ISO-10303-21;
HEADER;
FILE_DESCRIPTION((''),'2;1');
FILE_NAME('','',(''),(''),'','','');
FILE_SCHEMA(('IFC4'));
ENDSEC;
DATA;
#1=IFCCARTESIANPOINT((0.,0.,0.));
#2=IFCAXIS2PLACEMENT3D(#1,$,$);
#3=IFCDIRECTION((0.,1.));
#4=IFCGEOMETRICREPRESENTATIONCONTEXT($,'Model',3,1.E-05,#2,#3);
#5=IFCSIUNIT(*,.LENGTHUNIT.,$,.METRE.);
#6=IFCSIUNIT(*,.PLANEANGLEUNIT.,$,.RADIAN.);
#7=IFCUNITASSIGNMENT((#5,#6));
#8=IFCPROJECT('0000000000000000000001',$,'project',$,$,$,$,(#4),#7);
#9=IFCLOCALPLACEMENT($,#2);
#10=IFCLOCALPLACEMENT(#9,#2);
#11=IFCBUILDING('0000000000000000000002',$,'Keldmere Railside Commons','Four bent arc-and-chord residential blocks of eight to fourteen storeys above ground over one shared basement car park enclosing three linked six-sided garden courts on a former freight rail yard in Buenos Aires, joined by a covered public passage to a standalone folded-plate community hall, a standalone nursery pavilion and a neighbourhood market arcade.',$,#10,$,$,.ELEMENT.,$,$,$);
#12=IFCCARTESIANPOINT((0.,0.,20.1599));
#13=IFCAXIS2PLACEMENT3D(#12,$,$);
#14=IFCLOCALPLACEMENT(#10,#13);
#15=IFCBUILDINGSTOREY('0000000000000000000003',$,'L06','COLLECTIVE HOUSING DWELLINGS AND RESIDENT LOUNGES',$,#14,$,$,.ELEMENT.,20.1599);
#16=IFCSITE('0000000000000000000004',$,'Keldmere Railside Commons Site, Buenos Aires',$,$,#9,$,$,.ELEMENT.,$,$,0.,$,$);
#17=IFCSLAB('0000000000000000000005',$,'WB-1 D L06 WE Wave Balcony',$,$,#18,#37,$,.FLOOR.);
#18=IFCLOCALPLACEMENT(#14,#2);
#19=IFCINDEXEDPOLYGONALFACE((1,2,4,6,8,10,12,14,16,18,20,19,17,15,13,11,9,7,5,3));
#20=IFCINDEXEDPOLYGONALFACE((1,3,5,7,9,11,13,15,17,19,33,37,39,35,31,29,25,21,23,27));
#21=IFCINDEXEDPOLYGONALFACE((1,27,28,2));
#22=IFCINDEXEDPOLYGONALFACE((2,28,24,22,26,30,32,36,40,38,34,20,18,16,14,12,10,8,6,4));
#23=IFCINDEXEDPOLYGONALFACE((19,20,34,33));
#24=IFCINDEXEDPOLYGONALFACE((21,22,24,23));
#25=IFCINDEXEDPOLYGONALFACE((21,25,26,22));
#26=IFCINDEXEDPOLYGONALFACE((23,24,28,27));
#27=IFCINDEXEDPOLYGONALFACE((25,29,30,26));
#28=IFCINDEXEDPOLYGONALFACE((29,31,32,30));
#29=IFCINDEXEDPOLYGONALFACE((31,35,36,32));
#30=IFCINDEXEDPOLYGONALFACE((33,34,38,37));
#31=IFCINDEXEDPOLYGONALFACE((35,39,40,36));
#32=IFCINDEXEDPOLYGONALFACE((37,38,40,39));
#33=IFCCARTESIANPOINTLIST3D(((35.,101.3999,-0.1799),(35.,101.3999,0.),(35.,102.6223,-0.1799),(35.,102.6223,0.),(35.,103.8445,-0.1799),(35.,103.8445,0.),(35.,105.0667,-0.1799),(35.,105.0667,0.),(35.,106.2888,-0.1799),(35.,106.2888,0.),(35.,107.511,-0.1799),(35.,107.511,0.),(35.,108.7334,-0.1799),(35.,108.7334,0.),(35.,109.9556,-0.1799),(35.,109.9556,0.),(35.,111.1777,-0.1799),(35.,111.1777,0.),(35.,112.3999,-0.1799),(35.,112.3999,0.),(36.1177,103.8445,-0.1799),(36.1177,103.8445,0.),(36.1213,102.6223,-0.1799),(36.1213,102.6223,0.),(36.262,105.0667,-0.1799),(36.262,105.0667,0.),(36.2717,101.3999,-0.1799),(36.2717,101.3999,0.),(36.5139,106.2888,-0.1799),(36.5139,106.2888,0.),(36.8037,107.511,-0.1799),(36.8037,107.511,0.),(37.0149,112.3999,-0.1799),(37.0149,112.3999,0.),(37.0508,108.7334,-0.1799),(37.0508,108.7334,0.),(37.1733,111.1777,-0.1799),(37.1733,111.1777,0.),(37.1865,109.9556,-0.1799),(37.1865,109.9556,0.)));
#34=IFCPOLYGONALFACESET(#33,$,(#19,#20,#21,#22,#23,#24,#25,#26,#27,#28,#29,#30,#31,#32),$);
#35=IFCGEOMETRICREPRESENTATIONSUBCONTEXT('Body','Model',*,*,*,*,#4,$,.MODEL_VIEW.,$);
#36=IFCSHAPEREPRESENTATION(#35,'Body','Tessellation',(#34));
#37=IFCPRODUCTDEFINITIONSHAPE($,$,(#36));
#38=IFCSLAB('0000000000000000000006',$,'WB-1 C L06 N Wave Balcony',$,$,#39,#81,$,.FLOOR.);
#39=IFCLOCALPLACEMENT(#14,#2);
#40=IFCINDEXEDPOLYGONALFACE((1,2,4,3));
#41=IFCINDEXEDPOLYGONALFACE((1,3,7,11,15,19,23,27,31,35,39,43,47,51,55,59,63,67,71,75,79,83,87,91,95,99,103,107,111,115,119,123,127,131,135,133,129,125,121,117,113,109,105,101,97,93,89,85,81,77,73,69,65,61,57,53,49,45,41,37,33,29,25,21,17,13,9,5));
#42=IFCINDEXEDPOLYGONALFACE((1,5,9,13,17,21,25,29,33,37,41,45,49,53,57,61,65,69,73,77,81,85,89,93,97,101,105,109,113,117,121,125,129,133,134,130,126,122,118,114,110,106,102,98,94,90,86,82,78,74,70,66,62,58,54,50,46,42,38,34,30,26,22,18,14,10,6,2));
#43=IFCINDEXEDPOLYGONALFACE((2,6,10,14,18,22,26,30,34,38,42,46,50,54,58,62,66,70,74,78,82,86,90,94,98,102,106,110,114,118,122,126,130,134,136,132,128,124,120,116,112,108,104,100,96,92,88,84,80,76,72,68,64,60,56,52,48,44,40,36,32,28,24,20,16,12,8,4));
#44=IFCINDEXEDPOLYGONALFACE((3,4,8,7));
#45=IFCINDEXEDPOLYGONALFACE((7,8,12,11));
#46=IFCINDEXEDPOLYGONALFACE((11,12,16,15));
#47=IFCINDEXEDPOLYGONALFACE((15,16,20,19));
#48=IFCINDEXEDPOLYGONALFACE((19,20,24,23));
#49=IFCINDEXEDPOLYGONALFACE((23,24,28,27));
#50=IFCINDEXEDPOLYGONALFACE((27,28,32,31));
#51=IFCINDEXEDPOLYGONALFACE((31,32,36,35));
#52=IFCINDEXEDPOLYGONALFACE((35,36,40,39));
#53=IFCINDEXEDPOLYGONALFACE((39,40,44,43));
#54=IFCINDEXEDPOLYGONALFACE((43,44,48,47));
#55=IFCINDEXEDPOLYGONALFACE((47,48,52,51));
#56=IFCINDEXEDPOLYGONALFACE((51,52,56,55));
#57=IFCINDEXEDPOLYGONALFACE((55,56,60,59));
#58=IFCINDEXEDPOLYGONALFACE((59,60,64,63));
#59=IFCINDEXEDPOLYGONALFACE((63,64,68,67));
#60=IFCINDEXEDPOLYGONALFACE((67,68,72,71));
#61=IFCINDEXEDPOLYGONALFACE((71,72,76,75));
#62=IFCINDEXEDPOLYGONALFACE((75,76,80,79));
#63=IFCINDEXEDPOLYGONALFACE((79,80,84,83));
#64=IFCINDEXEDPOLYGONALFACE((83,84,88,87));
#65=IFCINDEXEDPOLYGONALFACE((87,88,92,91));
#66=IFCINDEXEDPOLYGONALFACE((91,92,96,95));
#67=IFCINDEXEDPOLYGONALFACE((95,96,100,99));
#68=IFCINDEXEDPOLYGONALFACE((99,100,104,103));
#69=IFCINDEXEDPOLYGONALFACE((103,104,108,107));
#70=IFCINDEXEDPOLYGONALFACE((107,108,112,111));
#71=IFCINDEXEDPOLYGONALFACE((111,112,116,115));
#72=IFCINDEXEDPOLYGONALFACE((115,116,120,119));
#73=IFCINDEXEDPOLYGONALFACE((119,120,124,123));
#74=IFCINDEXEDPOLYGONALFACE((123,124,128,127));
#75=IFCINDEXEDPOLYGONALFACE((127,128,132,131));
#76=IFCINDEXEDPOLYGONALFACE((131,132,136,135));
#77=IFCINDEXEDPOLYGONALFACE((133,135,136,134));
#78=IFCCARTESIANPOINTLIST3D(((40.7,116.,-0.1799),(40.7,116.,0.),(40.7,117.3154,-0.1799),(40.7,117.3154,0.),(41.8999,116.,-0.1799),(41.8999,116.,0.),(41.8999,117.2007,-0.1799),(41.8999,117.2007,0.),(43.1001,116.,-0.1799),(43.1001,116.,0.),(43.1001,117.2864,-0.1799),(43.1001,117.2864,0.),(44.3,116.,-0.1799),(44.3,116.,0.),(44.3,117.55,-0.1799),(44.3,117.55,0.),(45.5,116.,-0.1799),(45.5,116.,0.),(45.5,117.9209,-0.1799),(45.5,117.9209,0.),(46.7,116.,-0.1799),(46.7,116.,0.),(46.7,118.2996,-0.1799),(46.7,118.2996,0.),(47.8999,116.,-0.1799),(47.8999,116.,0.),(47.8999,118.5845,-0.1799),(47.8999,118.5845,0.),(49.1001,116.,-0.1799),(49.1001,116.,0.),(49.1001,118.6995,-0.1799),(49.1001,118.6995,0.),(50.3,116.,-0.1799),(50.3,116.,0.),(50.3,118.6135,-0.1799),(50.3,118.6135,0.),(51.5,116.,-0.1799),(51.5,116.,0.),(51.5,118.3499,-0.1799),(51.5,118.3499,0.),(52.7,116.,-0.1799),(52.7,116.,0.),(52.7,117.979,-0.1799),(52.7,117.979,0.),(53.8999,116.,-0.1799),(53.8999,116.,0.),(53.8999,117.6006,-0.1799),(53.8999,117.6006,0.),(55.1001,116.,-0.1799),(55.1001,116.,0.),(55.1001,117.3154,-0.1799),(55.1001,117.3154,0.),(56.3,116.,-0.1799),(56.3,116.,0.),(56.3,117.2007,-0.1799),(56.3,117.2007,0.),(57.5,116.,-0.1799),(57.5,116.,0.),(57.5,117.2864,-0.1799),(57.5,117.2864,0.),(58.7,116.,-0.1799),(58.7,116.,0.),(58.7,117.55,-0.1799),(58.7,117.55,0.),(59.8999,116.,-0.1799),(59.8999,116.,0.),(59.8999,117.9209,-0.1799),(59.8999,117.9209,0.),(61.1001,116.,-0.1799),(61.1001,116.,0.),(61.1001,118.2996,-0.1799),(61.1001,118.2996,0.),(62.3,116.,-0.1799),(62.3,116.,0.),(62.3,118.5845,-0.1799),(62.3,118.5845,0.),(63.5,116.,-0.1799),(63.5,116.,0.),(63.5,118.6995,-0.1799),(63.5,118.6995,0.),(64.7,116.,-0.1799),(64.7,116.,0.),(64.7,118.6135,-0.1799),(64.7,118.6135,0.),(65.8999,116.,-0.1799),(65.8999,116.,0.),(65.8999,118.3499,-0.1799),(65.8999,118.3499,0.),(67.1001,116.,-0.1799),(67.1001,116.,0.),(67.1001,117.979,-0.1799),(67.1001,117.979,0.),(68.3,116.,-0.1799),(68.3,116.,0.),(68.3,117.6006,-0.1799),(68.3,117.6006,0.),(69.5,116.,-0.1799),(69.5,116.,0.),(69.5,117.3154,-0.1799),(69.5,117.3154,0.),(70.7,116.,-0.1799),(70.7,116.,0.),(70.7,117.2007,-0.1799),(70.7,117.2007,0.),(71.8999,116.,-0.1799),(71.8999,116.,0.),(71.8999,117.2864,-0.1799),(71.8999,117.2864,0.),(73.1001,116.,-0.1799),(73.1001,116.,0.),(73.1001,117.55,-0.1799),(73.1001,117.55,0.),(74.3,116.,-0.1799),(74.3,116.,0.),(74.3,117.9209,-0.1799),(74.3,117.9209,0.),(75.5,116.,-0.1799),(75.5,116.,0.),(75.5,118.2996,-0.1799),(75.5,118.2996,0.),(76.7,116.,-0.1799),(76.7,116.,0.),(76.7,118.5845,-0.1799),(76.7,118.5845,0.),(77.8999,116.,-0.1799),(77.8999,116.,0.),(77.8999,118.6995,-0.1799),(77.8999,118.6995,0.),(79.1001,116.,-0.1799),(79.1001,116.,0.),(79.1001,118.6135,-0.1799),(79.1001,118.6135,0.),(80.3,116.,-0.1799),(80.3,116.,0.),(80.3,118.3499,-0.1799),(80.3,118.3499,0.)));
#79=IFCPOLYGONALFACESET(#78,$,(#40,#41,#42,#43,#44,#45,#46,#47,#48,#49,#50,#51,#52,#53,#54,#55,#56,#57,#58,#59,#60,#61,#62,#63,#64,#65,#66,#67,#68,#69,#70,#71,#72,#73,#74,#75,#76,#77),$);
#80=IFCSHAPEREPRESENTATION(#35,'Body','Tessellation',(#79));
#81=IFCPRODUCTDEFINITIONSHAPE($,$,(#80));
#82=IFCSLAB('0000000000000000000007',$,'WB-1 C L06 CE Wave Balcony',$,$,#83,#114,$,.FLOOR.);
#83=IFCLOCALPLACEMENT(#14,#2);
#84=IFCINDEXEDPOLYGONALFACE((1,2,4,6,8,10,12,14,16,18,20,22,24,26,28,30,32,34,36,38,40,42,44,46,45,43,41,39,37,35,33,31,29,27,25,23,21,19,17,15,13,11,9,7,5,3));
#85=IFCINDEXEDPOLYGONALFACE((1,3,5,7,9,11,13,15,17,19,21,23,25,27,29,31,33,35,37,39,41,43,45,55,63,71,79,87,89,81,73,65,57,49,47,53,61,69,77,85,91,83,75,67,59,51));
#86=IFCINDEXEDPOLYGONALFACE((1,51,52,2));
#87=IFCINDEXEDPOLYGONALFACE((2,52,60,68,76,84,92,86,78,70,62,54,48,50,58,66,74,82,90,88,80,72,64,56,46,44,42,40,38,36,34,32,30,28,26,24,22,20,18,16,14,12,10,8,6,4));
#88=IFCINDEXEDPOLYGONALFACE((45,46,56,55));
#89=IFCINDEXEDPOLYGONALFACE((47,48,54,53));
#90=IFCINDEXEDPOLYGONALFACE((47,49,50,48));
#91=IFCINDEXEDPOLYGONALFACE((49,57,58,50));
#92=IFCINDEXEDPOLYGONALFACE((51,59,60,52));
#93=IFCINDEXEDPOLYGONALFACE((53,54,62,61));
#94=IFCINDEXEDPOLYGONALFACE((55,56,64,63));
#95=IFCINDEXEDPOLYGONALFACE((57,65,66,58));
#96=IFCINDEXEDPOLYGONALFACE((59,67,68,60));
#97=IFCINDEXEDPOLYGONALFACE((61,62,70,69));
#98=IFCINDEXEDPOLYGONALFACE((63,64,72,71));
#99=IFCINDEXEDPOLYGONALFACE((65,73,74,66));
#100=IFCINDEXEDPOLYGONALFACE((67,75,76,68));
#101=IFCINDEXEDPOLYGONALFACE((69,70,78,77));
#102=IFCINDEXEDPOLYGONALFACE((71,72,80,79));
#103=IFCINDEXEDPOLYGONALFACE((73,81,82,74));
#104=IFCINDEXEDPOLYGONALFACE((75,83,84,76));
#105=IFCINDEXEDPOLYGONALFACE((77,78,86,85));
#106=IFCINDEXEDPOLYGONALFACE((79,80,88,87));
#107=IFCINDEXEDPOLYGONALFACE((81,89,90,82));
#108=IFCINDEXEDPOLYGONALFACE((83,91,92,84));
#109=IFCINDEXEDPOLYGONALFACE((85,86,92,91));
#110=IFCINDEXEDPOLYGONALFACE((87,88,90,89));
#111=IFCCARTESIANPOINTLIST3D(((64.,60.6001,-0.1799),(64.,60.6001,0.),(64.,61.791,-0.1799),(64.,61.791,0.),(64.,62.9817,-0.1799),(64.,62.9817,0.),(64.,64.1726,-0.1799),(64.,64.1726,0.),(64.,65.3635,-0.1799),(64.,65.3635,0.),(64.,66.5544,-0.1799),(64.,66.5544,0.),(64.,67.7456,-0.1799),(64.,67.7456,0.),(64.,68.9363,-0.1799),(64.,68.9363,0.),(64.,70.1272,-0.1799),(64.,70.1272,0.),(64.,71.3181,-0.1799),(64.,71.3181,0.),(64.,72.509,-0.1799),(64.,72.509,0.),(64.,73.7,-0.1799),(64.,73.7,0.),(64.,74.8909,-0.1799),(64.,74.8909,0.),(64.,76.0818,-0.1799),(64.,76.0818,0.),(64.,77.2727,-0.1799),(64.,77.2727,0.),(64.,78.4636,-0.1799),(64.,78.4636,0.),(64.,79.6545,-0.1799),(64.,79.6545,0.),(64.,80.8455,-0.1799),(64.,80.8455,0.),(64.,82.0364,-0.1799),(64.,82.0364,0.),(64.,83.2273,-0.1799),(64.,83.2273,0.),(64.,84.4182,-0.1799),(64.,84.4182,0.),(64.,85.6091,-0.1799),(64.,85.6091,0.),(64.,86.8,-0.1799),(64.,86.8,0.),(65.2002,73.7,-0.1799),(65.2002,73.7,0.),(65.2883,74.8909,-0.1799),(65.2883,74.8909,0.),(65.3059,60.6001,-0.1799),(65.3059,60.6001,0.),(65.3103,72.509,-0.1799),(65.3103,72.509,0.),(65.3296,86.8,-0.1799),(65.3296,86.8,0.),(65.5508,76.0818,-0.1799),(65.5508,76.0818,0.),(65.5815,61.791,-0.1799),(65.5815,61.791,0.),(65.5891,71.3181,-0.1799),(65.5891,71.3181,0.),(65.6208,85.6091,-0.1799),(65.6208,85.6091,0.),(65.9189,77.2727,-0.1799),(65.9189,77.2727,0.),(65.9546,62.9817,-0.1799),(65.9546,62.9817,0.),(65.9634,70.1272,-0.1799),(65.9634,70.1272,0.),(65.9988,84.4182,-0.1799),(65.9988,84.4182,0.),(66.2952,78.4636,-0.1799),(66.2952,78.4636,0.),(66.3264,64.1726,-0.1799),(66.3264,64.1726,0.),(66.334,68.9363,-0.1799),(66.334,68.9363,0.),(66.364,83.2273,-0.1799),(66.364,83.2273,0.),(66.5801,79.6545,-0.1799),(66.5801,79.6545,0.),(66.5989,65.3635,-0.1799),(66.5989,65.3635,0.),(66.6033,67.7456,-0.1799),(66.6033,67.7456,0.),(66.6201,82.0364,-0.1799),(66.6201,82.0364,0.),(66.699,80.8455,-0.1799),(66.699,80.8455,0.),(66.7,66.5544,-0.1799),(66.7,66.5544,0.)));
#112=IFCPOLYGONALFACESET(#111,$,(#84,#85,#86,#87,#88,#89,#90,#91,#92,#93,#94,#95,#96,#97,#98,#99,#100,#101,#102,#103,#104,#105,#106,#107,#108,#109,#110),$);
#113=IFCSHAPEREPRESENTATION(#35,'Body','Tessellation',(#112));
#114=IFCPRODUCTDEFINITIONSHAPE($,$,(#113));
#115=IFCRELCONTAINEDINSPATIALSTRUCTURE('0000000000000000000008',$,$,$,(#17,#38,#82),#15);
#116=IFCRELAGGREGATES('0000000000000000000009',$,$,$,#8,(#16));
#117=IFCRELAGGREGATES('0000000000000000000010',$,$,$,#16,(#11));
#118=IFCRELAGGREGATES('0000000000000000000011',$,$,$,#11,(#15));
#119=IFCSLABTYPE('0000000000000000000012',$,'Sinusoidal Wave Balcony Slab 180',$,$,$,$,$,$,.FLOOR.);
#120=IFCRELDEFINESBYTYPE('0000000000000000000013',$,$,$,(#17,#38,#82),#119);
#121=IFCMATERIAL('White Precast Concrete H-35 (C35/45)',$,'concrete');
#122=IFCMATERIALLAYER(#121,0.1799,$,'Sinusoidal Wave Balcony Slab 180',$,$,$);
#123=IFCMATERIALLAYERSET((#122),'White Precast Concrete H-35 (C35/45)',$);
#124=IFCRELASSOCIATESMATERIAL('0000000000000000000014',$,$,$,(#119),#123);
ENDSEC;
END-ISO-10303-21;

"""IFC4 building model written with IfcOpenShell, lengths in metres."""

from ifc_helpers import new_model, si_unit, direction, frame, origin, place, context, subcontext, project, spatial, polyline, outline, extrude, material, layer, layer_set, type_object, element, save


model = new_model("IFC4")

# Units and contexts
model_context = context("Model", 3, precision=1e-05, world=origin(), true_north=direction((0.0, 1.0)))
body_context = subcontext(model_context, "Body", "Model", "MODEL_VIEW")
ifc_project = project(units=[si_unit("LENGTHUNIT", "METRE"), si_unit("PLANEANGLEUNIT", "RADIAN")], contexts=[model_context])

# Site, building, storey
site_placement = place(None, origin())
site = spatial("IfcSite", under=ifc_project, at=site_placement, Name="Keldmere Railside Commons Site, Buenos Aires", CompositionType="ELEMENT", RefElevation=0.0)
building_placement = place(site_placement, origin())
building = spatial("IfcBuilding", under=site, at=building_placement, Name="Keldmere Railside Commons", Description="Four bent arc-and-chord residential blocks of eight to fourteen storeys above ground over one shared basement car park enclosing three linked six-sided garden courts on a former freight rail yard in Buenos Aires, joined by a covered public passage to a standalone folded-plate community hall, a standalone nursery pavilion and a neighbourhood market arcade.", CompositionType="ELEMENT")
storey_placement = place(building_placement, frame((0.0, 0.0, 20.1599)))
storey = spatial("IfcBuildingStorey", under=building, at=storey_placement, Name="L06", Description="COLLECTIVE HOUSING DWELLINGS AND RESIDENT LOUNGES", CompositionType="ELEMENT", Elevation=20.1599)

# Slabs
ifc_material_1 = material(Name="White Precast Concrete H-35 (C35/45)", Category="concrete")
ifc_layer_1 = layer(ifc_material_1, 0.1799, Name="Sinusoidal Wave Balcony Slab 180")
ifc_layer_set_1 = layer_set([ifc_layer_1], Name="White Precast Concrete H-35 (C35/45)")
slab_type_1 = type_object("IfcSlabType", Name="Sinusoidal Wave Balcony Slab 180", PredefinedType="FLOOR", material=ifc_layer_set_1)
slab_1_placement = place(storey_placement, frame((0.0, 0.0, -0.1799)))
element("IfcSlab", 1, at=slab_1_placement, inside=storey, type_object=slab_type_1, Name="WB-1 D L06 WE Wave Balcony", PredefinedType="FLOOR", context=body_context, shape_type="SweptSolid", body=[
    extrude(outline(polyline([(36.2717, 101.3999), (36.1213, 102.6223), (36.1177, 103.8445), (36.262, 105.0667), (36.5139, 106.2888), (36.8037, 107.511), (37.0508, 108.7334), (37.1865, 109.9556), (37.1733, 111.1777), (37.0149, 112.3999), (35.0, 112.3999), (35.0, 111.1777), (35.0, 109.9556), (35.0, 108.7334), (35.0, 107.511), (35.0, 106.2888), (35.0, 105.0667), (35.0, 103.8445), (35.0, 102.6223), (35.0, 101.3999), (36.2717, 101.3999)])), origin(), (0.0, 0.0, 1.0), 0.1799),
])
slab_2_placement = place(storey_placement, frame((0.0, 0.0, -0.1799)))
element("IfcSlab", 2, at=slab_2_placement, inside=storey, type_object=slab_type_1, Name="WB-1 C L06 N Wave Balcony", PredefinedType="FLOOR", context=body_context, shape_type="SweptSolid", body=[
    extrude(outline(polyline([(40.7, 116.0), (41.8999, 116.0), (43.1001, 116.0), (44.3, 116.0), (45.5, 116.0), (46.7, 116.0), (47.8999, 116.0), (49.1001, 116.0), (50.3, 116.0), (51.5, 116.0), (52.7, 116.0), (53.8999, 116.0), (55.1001, 116.0), (56.3, 116.0), (57.5, 116.0), (58.7, 116.0), (59.8999, 116.0), (61.1001, 116.0), (62.3, 116.0), (63.5, 116.0), (64.7, 116.0), (65.8999, 116.0), (67.1001, 116.0), (68.3, 116.0), (69.5, 116.0), (70.7, 116.0), (71.8999, 116.0), (73.1001, 116.0), (74.3, 116.0), (75.5, 116.0), (76.7, 116.0), (77.8999, 116.0), (79.1001, 116.0), (80.3, 116.0), (80.3, 118.3499), (79.1001, 118.6135), (77.8999, 118.6995), (76.7, 118.5845), (75.5, 118.2996), (74.3, 117.9209), (73.1001, 117.55), (71.8999, 117.2864), (70.7, 117.2007), (69.5, 117.3154), (68.3, 117.6006), (67.1001, 117.979), (65.8999, 118.3499), (64.7, 118.6135), (63.5, 118.6995), (62.3, 118.5845), (61.1001, 118.2996), (59.8999, 117.9209), (58.7, 117.55), (57.5, 117.2864), (56.3, 117.2007), (55.1001, 117.3154), (53.8999, 117.6006), (52.7, 117.979), (51.5, 118.3499), (50.3, 118.6135), (49.1001, 118.6995), (47.8999, 118.5845), (46.7, 118.2996), (45.5, 117.9209), (44.3, 117.55), (43.1001, 117.2864), (41.8999, 117.2007), (40.7, 117.3154), (40.7, 116.0)])), origin(), (0.0, 0.0, 1.0), 0.1799),
])
slab_3_placement = place(storey_placement, frame((0.0, 0.0, -0.1799)))
element("IfcSlab", 3, at=slab_3_placement, inside=storey, type_object=slab_type_1, Name="WB-1 C L06 CE Wave Balcony", PredefinedType="FLOOR", context=body_context, shape_type="SweptSolid", body=[
    extrude(outline(polyline([(65.3059, 60.6001), (65.5815, 61.791), (65.9546, 62.9817), (66.3264, 64.1726), (66.5989, 65.3635), (66.7, 66.5544), (66.6033, 67.7456), (66.334, 68.9363), (65.9634, 70.1272), (65.5891, 71.3181), (65.3103, 72.509), (65.2002, 73.7), (65.2883, 74.8909), (65.5508, 76.0818), (65.9189, 77.2727), (66.2952, 78.4636), (66.5801, 79.6545), (66.699, 80.8455), (66.6201, 82.0364), (66.364, 83.2273), (65.9988, 84.4182), (65.6208, 85.6091), (65.3296, 86.8), (64.0, 86.8), (64.0, 85.6091), (64.0, 84.4182), (64.0, 83.2273), (64.0, 82.0364), (64.0, 80.8455), (64.0, 79.6545), (64.0, 78.4636), (64.0, 77.2727), (64.0, 76.0818), (64.0, 74.8909), (64.0, 73.7), (64.0, 72.509), (64.0, 71.3181), (64.0, 70.1272), (64.0, 68.9363), (64.0, 67.7456), (64.0, 66.5544), (64.0, 65.3635), (64.0, 64.1726), (64.0, 62.9817), (64.0, 61.791), (64.0, 60.6001), (65.3059, 60.6001)])), origin(), (0.0, 0.0, 1.0), 0.1799),
])

save(model, "model.ifc")
